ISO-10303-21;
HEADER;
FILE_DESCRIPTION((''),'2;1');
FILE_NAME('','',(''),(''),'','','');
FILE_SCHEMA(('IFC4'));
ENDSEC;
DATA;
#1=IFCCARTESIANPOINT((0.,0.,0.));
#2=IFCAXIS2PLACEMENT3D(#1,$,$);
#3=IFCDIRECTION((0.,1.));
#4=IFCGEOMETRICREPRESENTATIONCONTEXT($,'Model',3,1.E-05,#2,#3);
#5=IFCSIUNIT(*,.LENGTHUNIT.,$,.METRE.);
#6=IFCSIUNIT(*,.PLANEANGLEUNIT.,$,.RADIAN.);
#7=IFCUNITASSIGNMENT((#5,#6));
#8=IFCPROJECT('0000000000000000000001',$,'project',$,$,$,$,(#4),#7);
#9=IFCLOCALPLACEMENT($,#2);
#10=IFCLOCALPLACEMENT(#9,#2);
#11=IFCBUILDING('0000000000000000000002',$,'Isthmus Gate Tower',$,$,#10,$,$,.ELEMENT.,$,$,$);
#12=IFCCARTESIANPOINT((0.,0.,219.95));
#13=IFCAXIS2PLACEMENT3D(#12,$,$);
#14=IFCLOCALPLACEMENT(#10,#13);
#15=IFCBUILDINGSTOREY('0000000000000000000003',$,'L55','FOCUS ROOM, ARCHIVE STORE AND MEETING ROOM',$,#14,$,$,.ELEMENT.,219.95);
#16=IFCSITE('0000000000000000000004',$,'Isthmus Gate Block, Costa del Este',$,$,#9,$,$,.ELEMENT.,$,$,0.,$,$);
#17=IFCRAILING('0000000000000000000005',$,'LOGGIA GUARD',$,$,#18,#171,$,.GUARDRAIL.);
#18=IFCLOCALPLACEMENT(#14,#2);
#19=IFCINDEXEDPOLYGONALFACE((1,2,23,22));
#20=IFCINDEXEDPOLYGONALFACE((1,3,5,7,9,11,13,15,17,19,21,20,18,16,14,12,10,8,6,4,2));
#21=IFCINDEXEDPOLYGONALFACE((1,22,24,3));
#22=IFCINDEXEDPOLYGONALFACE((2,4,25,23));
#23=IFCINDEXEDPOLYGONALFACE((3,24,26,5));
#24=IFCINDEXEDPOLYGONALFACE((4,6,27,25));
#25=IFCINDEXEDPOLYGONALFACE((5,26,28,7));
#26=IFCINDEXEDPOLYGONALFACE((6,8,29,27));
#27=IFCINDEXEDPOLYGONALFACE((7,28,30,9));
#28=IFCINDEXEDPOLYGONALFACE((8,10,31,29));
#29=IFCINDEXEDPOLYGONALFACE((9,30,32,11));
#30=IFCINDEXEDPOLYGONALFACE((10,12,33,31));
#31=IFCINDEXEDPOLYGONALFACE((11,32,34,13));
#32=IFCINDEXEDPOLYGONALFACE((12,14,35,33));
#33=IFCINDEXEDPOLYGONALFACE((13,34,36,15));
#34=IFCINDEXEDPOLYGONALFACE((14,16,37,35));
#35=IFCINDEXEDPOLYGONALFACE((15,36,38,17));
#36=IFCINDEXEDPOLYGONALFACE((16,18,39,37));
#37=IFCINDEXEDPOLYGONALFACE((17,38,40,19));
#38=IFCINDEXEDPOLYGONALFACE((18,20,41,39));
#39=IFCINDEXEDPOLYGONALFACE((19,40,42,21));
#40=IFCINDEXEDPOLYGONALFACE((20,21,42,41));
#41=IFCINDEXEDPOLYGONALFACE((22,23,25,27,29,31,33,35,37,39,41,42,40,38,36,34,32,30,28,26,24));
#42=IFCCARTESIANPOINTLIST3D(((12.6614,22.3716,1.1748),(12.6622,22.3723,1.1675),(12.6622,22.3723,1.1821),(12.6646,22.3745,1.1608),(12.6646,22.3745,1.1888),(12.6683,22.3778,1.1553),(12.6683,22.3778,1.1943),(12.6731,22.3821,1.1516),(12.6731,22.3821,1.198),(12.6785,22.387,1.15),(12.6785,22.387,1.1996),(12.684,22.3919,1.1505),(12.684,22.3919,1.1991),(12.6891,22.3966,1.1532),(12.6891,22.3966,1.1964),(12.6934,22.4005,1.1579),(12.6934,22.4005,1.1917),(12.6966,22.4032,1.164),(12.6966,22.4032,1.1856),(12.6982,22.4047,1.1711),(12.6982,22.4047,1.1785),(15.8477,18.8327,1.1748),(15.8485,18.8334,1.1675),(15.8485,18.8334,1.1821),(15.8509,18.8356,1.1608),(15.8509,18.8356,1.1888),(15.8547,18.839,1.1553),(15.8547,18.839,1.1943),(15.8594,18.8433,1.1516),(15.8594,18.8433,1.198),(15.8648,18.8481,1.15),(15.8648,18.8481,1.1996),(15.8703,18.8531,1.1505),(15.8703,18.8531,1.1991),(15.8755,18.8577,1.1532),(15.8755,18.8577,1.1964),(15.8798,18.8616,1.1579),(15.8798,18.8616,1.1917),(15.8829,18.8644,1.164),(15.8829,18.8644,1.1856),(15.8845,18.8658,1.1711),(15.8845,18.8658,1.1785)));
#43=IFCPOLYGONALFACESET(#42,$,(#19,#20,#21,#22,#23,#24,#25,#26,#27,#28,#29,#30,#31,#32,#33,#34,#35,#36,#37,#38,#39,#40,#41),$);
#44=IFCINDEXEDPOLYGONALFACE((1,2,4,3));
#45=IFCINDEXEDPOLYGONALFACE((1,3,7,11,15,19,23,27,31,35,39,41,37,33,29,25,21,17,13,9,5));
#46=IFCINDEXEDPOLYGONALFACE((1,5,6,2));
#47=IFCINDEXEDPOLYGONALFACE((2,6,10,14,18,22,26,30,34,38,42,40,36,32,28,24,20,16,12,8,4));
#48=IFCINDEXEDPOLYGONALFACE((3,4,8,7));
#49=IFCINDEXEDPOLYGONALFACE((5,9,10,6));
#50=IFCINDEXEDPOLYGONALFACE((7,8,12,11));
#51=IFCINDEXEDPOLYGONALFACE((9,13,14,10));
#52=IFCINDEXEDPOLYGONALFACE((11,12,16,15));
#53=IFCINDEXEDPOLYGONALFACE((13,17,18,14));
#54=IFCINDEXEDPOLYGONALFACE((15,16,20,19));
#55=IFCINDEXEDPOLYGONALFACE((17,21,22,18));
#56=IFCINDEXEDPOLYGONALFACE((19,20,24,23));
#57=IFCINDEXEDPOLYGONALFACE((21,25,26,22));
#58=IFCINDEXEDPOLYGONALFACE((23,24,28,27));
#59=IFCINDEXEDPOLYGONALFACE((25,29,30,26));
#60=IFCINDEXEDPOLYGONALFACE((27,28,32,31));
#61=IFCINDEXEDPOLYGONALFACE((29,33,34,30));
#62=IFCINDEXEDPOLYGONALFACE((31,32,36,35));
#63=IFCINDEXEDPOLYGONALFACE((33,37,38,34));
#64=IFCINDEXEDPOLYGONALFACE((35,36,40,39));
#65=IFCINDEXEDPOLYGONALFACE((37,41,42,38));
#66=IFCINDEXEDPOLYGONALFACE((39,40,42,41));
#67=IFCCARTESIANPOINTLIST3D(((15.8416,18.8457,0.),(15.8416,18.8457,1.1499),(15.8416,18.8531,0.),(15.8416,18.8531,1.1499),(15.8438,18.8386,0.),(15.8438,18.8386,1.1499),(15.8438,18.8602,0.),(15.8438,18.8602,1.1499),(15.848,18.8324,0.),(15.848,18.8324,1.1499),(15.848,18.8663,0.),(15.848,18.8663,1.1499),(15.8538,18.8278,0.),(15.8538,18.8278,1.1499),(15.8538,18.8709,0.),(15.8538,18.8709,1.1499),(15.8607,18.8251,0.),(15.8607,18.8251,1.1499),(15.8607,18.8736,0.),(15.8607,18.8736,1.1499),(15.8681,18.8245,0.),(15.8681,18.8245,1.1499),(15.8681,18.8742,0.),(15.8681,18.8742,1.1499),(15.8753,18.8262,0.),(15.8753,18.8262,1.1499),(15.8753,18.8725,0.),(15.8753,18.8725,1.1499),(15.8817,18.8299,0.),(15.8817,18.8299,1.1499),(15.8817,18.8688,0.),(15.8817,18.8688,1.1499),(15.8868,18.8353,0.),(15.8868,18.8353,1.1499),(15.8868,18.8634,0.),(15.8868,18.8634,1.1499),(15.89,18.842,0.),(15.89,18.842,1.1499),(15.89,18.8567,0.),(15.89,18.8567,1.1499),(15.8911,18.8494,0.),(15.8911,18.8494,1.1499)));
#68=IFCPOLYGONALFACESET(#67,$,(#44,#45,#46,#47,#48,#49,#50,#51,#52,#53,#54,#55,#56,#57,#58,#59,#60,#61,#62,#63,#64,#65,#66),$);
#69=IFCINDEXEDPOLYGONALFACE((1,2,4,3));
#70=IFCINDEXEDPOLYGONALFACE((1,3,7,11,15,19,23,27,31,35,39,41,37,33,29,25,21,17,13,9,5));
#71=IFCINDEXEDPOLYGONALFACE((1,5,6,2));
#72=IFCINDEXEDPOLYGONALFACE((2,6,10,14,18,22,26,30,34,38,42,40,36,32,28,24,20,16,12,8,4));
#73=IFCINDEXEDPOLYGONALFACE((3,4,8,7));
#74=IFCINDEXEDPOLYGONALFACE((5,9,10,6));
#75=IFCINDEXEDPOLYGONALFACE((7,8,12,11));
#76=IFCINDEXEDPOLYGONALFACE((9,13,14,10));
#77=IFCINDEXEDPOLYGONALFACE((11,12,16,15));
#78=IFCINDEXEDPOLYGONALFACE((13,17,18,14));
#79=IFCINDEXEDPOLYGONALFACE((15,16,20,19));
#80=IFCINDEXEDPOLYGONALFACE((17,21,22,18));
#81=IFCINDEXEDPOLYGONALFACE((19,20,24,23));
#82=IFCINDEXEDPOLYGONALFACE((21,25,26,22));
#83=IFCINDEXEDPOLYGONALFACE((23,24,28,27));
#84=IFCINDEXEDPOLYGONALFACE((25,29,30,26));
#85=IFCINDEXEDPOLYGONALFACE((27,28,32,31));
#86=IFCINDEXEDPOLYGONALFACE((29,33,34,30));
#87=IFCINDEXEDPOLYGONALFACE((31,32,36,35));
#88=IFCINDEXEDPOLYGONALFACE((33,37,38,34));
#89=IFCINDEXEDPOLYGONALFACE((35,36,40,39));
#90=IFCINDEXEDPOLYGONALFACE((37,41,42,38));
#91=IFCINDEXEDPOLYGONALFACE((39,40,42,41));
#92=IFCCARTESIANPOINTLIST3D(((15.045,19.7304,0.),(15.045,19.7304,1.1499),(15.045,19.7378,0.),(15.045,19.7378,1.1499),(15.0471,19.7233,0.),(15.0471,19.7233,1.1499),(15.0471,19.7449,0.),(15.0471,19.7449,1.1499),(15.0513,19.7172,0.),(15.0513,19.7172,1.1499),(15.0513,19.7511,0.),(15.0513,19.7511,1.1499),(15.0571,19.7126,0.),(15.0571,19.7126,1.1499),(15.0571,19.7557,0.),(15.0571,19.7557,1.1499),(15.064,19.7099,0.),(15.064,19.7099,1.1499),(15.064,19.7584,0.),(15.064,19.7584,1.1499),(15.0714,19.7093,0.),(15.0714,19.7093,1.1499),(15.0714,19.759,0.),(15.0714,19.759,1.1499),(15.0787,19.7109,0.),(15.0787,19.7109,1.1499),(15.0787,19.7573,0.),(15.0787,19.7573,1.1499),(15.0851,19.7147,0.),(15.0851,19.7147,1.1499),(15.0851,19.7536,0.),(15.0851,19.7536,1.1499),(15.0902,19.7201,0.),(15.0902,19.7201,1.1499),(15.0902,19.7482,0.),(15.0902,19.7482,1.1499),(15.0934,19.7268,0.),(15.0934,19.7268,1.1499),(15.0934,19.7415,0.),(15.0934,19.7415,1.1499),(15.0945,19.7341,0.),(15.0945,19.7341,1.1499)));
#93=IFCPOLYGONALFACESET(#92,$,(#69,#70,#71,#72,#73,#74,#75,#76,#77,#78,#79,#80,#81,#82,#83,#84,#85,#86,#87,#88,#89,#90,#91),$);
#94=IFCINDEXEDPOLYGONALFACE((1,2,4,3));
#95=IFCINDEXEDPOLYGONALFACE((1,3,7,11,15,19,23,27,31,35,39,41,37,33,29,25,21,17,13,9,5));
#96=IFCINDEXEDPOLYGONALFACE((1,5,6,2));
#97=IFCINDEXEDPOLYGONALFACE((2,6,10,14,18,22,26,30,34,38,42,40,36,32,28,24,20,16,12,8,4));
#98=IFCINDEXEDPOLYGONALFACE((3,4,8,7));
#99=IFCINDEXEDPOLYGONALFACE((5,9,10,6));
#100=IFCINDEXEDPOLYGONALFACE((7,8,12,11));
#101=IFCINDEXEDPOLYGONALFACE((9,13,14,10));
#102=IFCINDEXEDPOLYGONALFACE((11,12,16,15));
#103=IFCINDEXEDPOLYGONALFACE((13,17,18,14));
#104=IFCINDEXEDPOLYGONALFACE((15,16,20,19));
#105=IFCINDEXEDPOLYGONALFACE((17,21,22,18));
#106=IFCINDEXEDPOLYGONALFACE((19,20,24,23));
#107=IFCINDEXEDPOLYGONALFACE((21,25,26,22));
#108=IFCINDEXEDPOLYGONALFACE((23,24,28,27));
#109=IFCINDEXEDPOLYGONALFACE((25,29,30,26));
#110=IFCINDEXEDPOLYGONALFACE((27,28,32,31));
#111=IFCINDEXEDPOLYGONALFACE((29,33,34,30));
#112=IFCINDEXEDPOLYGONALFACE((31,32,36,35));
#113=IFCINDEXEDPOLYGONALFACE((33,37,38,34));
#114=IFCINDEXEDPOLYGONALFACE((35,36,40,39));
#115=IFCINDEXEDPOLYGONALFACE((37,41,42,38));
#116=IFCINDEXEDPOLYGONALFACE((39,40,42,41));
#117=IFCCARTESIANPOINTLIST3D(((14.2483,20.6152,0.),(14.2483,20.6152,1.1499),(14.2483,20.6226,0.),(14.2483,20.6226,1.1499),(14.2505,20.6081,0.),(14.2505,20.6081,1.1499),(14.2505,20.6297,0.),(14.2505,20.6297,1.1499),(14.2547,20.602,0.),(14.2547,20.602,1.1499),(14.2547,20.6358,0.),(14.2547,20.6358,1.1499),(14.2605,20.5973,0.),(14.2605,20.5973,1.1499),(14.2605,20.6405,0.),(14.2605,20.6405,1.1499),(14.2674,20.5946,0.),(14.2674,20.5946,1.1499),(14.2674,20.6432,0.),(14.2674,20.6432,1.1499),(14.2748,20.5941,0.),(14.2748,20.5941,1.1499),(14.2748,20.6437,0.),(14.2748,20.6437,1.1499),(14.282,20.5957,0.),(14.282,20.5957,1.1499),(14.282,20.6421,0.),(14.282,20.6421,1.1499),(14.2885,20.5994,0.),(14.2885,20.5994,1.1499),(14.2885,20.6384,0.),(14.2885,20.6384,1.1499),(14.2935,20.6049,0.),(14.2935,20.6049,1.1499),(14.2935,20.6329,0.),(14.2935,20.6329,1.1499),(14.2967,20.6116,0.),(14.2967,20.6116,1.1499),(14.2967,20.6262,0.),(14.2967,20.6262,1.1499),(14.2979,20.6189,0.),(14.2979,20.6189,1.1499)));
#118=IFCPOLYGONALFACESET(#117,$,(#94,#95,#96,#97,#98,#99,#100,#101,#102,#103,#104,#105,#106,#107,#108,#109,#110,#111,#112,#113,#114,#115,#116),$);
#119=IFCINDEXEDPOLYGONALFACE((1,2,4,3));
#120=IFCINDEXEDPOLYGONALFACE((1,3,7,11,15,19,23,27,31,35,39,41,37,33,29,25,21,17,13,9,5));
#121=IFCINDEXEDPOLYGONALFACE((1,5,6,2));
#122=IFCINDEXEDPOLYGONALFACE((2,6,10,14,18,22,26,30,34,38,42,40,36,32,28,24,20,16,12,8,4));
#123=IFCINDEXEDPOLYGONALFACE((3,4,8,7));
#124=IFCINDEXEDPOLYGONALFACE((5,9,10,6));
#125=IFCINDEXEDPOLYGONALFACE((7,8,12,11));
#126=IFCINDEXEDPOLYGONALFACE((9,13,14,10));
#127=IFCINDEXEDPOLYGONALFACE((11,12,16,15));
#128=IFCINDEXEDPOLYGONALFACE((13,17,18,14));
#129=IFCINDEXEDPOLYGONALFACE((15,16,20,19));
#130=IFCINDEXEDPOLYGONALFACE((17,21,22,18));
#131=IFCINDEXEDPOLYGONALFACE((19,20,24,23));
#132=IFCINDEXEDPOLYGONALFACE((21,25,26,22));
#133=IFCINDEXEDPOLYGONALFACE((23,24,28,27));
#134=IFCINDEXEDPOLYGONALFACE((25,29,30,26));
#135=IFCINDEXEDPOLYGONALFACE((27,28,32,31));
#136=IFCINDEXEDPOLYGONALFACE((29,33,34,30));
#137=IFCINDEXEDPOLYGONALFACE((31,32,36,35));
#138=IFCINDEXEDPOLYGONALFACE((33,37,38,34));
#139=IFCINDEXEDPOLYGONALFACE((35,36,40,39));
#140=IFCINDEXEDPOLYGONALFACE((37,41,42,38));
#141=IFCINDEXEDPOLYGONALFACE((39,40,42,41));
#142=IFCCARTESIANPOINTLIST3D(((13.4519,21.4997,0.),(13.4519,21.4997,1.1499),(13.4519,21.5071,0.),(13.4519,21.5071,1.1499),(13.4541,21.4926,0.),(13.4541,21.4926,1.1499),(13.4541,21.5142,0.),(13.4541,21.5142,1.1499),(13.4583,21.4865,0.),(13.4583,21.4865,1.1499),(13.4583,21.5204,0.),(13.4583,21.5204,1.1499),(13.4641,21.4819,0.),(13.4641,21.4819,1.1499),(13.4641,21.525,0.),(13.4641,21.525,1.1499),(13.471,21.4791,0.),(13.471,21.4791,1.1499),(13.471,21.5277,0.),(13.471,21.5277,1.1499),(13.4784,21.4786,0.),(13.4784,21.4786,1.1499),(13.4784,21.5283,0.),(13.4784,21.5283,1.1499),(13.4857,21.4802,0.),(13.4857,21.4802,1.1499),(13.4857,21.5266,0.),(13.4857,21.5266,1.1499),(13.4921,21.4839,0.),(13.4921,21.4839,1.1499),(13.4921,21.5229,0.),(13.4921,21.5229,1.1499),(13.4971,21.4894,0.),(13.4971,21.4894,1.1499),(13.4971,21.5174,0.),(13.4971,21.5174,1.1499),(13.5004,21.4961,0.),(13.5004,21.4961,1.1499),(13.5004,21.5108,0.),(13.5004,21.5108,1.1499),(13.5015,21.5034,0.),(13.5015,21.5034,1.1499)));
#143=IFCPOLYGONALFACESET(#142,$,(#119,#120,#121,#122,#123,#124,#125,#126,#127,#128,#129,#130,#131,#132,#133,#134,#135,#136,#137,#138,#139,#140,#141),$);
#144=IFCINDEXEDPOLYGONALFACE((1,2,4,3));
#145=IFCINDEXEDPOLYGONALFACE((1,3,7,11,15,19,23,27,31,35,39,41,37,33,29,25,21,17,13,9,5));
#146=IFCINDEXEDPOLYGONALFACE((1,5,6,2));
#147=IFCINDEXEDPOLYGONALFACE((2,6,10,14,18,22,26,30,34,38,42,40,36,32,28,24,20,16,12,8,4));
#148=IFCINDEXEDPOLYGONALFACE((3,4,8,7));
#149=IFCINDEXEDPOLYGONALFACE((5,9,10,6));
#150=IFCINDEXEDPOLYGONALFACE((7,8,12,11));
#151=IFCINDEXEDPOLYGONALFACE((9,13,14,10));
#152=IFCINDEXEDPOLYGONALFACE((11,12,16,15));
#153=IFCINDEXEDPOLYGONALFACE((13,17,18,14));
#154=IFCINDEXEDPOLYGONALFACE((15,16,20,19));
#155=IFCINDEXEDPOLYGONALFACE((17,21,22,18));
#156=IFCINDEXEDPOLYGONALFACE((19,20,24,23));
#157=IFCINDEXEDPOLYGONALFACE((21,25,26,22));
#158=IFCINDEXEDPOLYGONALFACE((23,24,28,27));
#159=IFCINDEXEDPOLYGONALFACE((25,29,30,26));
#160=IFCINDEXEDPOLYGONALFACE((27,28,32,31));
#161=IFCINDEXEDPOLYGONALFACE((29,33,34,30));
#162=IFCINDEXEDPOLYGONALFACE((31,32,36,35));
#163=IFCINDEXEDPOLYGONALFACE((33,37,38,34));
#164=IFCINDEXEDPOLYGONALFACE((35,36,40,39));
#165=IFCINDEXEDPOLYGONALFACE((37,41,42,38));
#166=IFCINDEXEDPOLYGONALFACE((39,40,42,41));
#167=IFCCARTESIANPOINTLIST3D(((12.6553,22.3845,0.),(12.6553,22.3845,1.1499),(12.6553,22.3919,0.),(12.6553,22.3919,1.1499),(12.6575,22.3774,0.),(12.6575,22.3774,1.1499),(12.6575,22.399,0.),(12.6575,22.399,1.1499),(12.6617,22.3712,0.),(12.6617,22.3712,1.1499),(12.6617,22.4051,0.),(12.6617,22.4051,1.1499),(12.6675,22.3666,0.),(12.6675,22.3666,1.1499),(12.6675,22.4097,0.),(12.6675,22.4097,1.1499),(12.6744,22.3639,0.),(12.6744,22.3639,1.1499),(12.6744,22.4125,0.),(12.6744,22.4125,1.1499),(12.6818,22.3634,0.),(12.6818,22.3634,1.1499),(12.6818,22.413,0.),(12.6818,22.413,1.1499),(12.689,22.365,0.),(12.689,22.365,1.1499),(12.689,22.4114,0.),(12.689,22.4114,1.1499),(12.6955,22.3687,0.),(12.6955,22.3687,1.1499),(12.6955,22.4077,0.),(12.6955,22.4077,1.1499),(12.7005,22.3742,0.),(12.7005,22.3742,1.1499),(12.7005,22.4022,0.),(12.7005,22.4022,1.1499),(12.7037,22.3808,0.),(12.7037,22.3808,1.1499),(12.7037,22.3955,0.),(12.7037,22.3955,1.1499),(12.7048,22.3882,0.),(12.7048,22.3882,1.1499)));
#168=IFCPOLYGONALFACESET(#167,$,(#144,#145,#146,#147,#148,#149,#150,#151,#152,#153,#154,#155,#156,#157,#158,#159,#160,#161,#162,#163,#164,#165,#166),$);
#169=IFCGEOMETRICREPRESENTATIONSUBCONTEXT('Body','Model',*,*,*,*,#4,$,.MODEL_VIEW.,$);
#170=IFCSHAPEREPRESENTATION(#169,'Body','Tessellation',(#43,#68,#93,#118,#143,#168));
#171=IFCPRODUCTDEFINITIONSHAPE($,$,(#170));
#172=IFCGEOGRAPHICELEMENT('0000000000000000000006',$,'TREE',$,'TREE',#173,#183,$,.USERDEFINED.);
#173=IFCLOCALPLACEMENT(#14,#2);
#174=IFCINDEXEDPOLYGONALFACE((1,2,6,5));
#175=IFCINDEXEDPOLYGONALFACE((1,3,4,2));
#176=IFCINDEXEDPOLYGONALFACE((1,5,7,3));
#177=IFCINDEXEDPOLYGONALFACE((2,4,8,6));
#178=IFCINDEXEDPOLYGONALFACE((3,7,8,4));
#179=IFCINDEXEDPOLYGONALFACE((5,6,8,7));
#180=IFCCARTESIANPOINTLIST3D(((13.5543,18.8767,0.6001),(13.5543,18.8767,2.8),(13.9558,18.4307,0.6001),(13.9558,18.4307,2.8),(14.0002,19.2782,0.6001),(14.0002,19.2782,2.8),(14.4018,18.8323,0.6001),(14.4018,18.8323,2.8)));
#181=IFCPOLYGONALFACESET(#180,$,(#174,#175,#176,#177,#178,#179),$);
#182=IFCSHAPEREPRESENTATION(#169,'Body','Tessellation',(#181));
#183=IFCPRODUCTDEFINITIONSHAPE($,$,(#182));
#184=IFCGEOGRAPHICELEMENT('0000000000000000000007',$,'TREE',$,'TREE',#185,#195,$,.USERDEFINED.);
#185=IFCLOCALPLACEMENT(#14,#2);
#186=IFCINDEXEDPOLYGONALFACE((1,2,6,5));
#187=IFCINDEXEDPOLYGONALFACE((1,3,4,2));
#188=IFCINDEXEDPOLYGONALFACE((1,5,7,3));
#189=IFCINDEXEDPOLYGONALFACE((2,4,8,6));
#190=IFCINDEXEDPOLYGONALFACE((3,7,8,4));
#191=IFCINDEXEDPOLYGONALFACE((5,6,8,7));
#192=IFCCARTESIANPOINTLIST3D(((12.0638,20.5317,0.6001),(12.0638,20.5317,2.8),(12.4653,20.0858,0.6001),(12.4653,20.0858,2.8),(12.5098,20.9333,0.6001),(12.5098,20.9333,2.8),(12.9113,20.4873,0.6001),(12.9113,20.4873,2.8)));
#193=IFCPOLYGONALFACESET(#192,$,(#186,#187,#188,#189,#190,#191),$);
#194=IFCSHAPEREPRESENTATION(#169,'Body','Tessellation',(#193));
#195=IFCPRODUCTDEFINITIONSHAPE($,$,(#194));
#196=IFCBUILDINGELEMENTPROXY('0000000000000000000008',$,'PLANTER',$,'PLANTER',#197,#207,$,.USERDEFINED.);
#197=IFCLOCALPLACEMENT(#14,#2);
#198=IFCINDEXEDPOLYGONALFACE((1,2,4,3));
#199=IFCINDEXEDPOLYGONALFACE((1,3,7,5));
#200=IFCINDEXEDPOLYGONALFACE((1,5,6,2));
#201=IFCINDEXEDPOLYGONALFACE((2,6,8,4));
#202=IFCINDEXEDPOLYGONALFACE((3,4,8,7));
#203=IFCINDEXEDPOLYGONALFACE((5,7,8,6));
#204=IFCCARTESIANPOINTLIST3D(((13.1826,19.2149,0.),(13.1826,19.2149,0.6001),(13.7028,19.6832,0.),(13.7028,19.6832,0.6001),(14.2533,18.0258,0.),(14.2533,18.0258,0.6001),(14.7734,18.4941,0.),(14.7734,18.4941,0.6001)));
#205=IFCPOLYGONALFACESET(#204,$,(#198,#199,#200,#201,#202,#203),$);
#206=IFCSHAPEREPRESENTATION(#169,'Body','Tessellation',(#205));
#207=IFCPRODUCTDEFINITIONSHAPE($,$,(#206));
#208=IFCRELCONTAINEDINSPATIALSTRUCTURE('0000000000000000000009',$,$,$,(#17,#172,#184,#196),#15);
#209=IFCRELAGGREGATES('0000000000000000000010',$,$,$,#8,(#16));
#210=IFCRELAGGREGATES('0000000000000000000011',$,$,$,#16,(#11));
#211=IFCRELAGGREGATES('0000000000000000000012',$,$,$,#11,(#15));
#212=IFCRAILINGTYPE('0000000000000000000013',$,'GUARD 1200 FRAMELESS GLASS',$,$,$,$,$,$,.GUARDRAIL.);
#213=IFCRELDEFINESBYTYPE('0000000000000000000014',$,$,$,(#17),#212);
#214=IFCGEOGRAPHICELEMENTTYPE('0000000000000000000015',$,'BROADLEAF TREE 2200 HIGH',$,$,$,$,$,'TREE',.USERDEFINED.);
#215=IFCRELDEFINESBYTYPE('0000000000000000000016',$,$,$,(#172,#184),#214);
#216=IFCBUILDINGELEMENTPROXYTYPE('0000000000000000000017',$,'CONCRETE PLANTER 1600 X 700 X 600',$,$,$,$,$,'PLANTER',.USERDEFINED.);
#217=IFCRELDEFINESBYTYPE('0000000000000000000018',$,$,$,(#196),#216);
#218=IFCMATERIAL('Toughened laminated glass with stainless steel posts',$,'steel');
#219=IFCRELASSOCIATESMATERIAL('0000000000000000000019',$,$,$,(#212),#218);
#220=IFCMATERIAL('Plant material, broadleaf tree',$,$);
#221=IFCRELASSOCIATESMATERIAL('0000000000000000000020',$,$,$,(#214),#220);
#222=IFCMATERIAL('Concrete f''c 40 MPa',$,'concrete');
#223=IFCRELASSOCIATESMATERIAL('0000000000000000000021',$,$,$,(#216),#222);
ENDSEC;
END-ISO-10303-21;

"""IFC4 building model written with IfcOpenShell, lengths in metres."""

from ifc_helpers import new_model, si_unit, direction, frame, origin, origin_2d, place, context, subcontext, project, spatial, rectangle, circle, extrude, material, type_object, element, save


model = new_model("IFC4")

# Units and contexts
model_context = context("Model", 3, precision=1e-05, world=origin(), true_north=direction((0.0, 1.0)))
body_context = subcontext(model_context, "Body", "Model", "MODEL_VIEW")
ifc_project = project(units=[si_unit("LENGTHUNIT", "METRE"), si_unit("PLANEANGLEUNIT", "RADIAN")], contexts=[model_context])

# Site, building, storey
site_placement = place(None, origin())
site = spatial("IfcSite", under=ifc_project, at=site_placement, Name="Isthmus Gate Block, Costa del Este", CompositionType="ELEMENT", RefElevation=0.0)
building_placement = place(site_placement, origin())
building = spatial("IfcBuilding", under=site, at=building_placement, Name="Isthmus Gate Tower", CompositionType="ELEMENT")
storey_placement = place(building_placement, frame((0.0, 0.0, 219.95)))
storey = spatial("IfcBuildingStorey", under=building, at=storey_placement, Name="L55", Description="FOCUS ROOM, ARCHIVE STORE AND MEETING ROOM", CompositionType="ELEMENT", Elevation=219.95)

# Railing
ifc_material_1 = material(Name="Toughened laminated glass with stainless steel posts", Category="steel")
railing_type = type_object("IfcRailingType", Name="GUARD 1200 FRAMELESS GLASS", PredefinedType="GUARDRAIL", material=ifc_material_1)
railing_placement = place(storey_placement, frame((15.8662, 18.8494, 0.0)))
element("IfcRailing", 1, at=railing_placement, inside=storey, type_object=railing_type, Name="LOGGIA GUARD", PredefinedType="GUARDRAIL", context=body_context, shape_type="SweptSolid", body=[
    extrude(circle(Radius=0.0249, at=origin_2d()), frame((0.0, 0.0, 1.1748), z_axis=(-0.669121, 0.743154, 0.0), x_axis=(-0.743154, -0.669121, 0.0)), (0.0, 0.0, 1.0), 4.762),
    extrude(circle(Radius=0.0249, at=origin_2d()), origin(), (0.0, 0.0, 1.0), 1.1499),
    extrude(circle(Radius=0.0249, at=origin_2d()), frame((-0.7966, 0.8848, 0.0)), (0.0, 0.0, 1.0), 1.1499),
    extrude(circle(Radius=0.0249, at=origin_2d()), frame((-1.5933, 1.7695, 0.0)), (0.0, 0.0, 1.0), 1.1499),
    extrude(circle(Radius=0.0249, at=origin_2d()), frame((-2.3896, 2.6541, 0.0)), (0.0, 0.0, 1.0), 1.1499),
    extrude(circle(Radius=0.0249, at=origin_2d()), frame((-3.1863, 3.5388, 0.0)), (0.0, 0.0, 1.0), 1.1499),
])

# Geographic elements
ifc_material_2 = material(Name="Plant material, broadleaf tree")
geographic_element_type = type_object("IfcGeographicElementType", Name="BROADLEAF TREE 2200 HIGH", ElementType="TREE", PredefinedType="USERDEFINED", material=ifc_material_2)
for number, where, z_axis, x_axis, name in (
    (2, (13.978, 18.8545, 0.6001), (0.0, 0.0, 1.0), (-0.669131, 0.743145, 0.0), "TREE"),
    (3, (12.4875, 20.5095, 0.6001), (0.0, 0.0, 1.0), (-0.669131, 0.743145, 0.0), "TREE"),
):
    element("IfcGeographicElement", number, at=place(storey_placement, frame(where, z_axis=z_axis, x_axis=x_axis)), inside=storey, type_object=geographic_element_type, Name=name, ObjectType="TREE", PredefinedType="USERDEFINED", context=body_context, shape_type="SweptSolid", body=[
        extrude(rectangle(XDim=0.6001, YDim=0.6001, at=origin_2d()), origin(), (0.0, 0.0, 1.0), 2.2),
    ])

# Building element proxy
ifc_material_3 = material(Name="Concrete f'c 40 MPa", Category="concrete")
building_element_proxy_type = type_object("IfcBuildingElementProxyType", Name="CONCRETE PLANTER 1600 X 700 X 600", ElementType="PLANTER", PredefinedType="USERDEFINED", material=ifc_material_3)
for number, where, z_axis, x_axis, name in (
    (4, (13.978, 18.8545, 0.0), (0.0, 0.0, 1.0), (-0.669131, 0.743145, 0.0), "PLANTER"),
):
    element("IfcBuildingElementProxy", number, at=place(storey_placement, frame(where, z_axis=z_axis, x_axis=x_axis)), inside=storey, type_object=building_element_proxy_type, Name=name, ObjectType="PLANTER", PredefinedType="USERDEFINED", context=body_context, shape_type="SweptSolid", body=[
        extrude(rectangle(XDim=1.6001, YDim=0.7, at=origin_2d()), origin(), (0.0, 0.0, 1.0), 0.6001),
    ])

save(model, "model.ifc")
